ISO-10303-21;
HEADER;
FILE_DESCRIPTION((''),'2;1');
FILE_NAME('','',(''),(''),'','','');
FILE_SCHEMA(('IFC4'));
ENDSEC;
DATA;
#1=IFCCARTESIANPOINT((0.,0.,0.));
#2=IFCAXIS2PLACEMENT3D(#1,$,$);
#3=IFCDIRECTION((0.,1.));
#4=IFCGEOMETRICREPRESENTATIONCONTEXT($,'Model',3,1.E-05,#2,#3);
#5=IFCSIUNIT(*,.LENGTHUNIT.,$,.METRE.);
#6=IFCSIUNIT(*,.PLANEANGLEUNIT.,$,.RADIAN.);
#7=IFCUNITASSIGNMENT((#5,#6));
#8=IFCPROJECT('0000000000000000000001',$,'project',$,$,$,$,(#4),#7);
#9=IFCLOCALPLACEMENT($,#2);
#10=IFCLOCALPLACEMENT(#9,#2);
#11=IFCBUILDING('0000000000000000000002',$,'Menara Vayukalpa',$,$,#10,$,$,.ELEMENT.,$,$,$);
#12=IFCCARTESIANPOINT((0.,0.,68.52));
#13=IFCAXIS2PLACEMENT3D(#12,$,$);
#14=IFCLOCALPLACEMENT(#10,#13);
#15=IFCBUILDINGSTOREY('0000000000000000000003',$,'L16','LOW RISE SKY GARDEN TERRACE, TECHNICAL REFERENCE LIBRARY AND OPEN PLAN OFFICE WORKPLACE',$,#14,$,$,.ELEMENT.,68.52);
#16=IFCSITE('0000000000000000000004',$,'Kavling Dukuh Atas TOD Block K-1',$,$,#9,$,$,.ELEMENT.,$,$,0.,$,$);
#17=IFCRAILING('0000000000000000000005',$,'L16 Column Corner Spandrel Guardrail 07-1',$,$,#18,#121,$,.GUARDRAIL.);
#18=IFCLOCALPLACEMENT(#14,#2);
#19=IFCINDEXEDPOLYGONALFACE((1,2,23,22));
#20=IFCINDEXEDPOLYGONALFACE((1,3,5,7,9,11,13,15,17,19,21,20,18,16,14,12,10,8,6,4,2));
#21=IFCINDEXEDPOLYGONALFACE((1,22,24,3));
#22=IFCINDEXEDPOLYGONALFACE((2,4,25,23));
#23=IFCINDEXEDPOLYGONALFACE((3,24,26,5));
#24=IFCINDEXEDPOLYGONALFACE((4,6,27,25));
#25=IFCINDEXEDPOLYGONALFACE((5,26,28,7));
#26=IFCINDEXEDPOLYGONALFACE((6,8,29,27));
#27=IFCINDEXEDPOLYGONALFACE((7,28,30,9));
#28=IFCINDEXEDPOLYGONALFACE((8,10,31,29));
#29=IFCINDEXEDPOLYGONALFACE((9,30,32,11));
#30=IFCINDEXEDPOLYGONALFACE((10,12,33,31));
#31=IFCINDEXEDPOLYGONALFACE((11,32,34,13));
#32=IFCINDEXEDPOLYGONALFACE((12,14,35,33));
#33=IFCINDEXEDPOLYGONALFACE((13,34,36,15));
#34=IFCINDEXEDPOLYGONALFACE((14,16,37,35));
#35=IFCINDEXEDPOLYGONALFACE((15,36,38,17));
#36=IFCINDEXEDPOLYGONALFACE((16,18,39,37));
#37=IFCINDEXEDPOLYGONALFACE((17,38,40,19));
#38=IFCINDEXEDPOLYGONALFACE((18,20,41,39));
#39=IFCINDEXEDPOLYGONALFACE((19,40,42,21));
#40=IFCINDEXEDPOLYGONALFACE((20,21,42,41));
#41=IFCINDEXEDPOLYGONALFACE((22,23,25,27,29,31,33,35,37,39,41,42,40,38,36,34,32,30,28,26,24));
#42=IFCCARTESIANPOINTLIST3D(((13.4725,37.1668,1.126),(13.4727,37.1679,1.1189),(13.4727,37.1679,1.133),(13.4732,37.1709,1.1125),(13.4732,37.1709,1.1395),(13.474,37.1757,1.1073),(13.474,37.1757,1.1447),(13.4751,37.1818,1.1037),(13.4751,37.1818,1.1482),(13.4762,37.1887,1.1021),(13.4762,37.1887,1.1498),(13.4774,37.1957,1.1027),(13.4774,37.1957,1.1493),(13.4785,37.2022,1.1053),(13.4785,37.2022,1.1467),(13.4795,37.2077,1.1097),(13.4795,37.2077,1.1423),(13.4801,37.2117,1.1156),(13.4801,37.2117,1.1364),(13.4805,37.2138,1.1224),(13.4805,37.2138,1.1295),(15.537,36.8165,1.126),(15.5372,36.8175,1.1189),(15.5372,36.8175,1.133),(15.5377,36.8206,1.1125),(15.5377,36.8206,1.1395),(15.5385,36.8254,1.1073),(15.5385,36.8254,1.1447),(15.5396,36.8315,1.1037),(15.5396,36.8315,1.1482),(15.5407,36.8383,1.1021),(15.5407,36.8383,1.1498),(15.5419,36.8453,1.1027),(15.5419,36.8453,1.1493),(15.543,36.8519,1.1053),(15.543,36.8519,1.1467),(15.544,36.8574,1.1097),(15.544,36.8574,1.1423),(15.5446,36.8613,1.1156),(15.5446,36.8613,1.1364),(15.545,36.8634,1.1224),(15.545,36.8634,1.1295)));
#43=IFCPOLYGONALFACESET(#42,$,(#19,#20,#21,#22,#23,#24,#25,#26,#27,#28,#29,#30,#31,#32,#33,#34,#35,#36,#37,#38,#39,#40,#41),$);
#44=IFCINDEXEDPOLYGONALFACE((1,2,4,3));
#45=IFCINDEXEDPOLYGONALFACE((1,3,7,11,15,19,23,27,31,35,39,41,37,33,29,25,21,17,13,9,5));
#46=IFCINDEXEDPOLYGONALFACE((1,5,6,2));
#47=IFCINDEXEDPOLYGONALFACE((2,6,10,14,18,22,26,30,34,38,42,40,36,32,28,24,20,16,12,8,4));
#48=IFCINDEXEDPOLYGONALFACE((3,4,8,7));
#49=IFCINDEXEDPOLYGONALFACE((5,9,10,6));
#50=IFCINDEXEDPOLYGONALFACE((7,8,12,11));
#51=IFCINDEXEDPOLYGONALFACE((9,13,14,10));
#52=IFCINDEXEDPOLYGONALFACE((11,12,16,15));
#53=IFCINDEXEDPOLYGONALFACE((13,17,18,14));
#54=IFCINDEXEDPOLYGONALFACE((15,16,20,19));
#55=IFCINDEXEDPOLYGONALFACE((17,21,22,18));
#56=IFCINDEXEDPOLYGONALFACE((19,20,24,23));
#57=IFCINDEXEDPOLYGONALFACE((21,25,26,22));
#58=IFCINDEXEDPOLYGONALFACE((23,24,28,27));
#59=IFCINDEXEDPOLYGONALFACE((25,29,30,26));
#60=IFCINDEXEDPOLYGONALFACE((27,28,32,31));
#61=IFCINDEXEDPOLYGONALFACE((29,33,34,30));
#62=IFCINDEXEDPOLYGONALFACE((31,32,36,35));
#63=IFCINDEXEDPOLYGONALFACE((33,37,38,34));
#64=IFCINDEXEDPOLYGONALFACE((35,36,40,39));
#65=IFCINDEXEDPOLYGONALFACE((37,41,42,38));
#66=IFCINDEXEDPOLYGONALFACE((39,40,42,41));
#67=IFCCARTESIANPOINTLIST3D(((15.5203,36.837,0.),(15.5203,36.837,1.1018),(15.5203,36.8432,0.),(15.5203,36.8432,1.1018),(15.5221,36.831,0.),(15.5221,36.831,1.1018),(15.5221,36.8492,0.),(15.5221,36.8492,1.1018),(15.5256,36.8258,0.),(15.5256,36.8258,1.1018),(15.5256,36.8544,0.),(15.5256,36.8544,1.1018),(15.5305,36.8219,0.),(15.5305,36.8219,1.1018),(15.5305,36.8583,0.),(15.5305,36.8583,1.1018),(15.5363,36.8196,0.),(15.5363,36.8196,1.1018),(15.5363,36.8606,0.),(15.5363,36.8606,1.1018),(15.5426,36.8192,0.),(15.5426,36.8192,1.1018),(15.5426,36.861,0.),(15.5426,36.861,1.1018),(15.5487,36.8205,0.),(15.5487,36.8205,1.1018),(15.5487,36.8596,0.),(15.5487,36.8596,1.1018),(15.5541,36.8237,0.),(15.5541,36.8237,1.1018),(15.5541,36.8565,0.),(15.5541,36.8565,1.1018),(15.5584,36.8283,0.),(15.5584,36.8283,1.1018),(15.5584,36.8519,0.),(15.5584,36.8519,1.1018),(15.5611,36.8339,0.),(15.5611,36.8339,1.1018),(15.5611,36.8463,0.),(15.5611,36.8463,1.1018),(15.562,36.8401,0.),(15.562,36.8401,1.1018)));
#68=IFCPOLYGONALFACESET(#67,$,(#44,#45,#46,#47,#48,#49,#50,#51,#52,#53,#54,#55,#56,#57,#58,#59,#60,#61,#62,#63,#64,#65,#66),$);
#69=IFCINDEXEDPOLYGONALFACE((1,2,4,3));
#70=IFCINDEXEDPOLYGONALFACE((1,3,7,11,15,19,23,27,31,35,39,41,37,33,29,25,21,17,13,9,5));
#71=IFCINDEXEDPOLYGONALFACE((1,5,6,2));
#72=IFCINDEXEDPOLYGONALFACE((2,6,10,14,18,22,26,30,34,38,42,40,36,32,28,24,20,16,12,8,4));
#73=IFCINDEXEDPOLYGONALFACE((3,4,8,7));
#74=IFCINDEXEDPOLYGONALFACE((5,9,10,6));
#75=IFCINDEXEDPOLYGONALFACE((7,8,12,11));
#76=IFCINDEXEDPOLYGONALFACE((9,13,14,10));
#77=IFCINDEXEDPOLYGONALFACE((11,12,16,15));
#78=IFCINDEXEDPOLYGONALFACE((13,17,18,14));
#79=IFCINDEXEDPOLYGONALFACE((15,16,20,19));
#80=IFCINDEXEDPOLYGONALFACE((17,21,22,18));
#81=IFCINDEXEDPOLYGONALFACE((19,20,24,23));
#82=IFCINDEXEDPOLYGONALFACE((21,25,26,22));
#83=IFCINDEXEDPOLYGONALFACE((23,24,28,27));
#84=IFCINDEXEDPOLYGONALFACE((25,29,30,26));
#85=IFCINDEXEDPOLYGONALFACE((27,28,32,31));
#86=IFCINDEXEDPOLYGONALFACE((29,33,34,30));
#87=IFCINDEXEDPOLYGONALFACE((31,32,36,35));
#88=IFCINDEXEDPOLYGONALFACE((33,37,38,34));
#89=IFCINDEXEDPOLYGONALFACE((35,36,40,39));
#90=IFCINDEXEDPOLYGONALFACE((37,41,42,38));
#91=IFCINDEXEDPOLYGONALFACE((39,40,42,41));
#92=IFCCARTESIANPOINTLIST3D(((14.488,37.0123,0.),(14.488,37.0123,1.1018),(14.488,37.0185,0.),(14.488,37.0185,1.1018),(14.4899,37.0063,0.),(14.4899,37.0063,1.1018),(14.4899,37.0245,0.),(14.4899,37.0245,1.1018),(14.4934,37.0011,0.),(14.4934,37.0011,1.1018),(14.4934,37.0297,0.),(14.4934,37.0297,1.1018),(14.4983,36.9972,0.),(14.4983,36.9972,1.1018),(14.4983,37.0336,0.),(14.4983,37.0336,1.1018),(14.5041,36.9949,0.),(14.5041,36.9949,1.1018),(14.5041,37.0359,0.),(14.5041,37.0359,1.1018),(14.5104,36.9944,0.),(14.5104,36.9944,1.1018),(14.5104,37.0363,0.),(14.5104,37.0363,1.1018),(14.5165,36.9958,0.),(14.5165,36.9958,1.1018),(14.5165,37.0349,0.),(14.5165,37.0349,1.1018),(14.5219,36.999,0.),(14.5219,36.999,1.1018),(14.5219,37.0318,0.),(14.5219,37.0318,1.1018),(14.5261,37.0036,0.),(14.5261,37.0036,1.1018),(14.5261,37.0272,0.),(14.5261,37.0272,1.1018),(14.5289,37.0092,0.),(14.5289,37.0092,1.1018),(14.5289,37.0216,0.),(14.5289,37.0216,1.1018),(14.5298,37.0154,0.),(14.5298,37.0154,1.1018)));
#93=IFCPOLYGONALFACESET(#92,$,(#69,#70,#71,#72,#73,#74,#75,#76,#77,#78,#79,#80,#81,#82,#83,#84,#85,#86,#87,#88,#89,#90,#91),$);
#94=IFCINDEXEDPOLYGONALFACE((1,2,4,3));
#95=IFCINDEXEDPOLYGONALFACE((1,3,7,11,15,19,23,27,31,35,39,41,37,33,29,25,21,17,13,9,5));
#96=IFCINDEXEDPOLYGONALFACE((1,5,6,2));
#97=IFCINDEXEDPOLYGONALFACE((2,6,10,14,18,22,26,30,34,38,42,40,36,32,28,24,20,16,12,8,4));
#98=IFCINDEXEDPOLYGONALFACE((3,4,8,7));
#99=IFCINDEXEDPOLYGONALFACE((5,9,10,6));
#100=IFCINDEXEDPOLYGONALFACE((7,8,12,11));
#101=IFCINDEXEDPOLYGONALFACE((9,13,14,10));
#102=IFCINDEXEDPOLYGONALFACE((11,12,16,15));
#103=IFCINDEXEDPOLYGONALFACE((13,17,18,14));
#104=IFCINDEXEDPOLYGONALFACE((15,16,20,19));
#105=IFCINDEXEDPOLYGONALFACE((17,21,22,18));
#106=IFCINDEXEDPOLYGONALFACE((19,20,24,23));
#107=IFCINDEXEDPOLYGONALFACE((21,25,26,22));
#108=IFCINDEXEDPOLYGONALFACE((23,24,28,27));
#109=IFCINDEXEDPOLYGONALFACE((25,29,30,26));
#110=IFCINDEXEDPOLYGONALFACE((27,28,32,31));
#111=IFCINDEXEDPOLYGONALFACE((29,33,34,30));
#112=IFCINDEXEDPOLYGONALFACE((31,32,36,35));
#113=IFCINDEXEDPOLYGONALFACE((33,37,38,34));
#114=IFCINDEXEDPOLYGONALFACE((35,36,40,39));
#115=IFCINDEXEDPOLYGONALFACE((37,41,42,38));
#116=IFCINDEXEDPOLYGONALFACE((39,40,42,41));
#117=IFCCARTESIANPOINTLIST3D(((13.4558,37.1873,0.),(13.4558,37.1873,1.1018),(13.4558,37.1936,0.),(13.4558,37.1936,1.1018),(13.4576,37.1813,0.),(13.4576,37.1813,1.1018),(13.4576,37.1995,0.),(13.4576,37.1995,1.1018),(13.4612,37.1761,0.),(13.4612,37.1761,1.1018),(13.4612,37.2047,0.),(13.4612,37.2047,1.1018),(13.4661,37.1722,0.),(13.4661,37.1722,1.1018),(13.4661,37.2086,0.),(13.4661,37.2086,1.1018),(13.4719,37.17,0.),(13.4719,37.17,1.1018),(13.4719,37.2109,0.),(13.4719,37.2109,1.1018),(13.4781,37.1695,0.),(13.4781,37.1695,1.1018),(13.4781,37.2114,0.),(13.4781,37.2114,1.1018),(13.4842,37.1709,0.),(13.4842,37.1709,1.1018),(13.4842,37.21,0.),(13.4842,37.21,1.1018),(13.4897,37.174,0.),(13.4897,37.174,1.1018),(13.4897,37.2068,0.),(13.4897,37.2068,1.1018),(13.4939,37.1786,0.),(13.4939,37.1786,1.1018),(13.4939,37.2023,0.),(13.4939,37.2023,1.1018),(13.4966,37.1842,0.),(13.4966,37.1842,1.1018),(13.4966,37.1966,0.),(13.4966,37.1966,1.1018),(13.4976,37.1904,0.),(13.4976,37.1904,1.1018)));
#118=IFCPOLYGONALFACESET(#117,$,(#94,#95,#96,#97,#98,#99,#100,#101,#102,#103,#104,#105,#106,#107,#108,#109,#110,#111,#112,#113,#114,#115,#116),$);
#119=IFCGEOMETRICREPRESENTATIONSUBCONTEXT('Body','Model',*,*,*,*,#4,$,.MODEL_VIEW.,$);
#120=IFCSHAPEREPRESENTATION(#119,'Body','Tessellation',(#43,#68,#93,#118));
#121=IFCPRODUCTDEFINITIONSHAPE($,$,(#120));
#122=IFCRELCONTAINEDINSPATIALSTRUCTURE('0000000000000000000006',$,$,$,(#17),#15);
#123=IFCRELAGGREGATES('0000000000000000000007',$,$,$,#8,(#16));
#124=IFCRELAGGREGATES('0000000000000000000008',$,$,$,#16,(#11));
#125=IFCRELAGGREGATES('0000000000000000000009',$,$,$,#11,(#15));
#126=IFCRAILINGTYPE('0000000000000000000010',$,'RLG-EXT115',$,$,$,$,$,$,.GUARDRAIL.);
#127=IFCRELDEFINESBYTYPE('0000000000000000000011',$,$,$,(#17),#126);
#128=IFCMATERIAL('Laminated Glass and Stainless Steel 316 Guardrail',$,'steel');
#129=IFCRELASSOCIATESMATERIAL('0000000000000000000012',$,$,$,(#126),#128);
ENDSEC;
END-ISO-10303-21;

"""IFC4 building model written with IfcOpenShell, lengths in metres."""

from ifc_helpers import new_model, si_unit, direction, frame, origin, origin_2d, place, context, subcontext, project, spatial, circle, extrude, material, type_object, element, save


model = new_model("IFC4")

# Units and contexts
model_context = context("Model", 3, precision=1e-05, world=origin(), true_north=direction((0.0, 1.0)))
body_context = subcontext(model_context, "Body", "Model", "MODEL_VIEW")
ifc_project = project(units=[si_unit("LENGTHUNIT", "METRE"), si_unit("PLANEANGLEUNIT", "RADIAN")], contexts=[model_context])

# Site, building, storey
site_placement = place(None, origin())
site = spatial("IfcSite", under=ifc_project, at=site_placement, Name="Kavling Dukuh Atas TOD Block K-1", CompositionType="ELEMENT", RefElevation=0.0)
building_placement = place(site_placement, origin())
building = spatial("IfcBuilding", under=site, at=building_placement, Name="Menara Vayukalpa", CompositionType="ELEMENT")
storey_placement = place(building_placement, frame((0.0, 0.0, 68.52)))
storey = spatial("IfcBuildingStorey", under=building, at=storey_placement, Name="L16", Description="LOW RISE SKY GARDEN TERRACE, TECHNICAL REFERENCE LIBRARY AND OPEN PLAN OFFICE WORKPLACE", CompositionType="ELEMENT", Elevation=68.52)

# Railing
ifc_material_1 = material(Name="Laminated Glass and Stainless Steel 316 Guardrail", Category="steel")
railing_type = type_object("IfcRailingType", Name="RLG-EXT115", PredefinedType="GUARDRAIL", material=ifc_material_1)
railing_1_placement = place(storey_placement, frame((15.541, 36.8401, 0.0)))
element("IfcRailing", 1, at=railing_1_placement, inside=storey, type_object=railing_type, Name="L16 Column Corner Spandrel Guardrail 07-1", PredefinedType="GUARDRAIL", context=body_context, shape_type="SweptSolid", body=[
    extrude(circle(Radius=0.0239, at=origin_2d()), frame((0.0, 0.0, 1.126), z_axis=(-0.985904, 0.16731, 0.0), x_axis=(-0.16731, -0.985904, 0.0)), (0.0, 0.0, 1.0), 2.094),
    extrude(circle(Radius=0.021, at=origin_2d()), origin(), (0.0, 0.0, 1.0), 1.1018),
    extrude(circle(Radius=0.021, at=origin_2d()), frame((-1.0322, 0.1753, 0.0)), (0.0, 0.0, 1.0), 1.1018),
    extrude(circle(Radius=0.021, at=origin_2d()), frame((-2.0645, 0.3503, 0.0)), (0.0, 0.0, 1.0), 1.1018),
])

save(model, "model.ifc")
